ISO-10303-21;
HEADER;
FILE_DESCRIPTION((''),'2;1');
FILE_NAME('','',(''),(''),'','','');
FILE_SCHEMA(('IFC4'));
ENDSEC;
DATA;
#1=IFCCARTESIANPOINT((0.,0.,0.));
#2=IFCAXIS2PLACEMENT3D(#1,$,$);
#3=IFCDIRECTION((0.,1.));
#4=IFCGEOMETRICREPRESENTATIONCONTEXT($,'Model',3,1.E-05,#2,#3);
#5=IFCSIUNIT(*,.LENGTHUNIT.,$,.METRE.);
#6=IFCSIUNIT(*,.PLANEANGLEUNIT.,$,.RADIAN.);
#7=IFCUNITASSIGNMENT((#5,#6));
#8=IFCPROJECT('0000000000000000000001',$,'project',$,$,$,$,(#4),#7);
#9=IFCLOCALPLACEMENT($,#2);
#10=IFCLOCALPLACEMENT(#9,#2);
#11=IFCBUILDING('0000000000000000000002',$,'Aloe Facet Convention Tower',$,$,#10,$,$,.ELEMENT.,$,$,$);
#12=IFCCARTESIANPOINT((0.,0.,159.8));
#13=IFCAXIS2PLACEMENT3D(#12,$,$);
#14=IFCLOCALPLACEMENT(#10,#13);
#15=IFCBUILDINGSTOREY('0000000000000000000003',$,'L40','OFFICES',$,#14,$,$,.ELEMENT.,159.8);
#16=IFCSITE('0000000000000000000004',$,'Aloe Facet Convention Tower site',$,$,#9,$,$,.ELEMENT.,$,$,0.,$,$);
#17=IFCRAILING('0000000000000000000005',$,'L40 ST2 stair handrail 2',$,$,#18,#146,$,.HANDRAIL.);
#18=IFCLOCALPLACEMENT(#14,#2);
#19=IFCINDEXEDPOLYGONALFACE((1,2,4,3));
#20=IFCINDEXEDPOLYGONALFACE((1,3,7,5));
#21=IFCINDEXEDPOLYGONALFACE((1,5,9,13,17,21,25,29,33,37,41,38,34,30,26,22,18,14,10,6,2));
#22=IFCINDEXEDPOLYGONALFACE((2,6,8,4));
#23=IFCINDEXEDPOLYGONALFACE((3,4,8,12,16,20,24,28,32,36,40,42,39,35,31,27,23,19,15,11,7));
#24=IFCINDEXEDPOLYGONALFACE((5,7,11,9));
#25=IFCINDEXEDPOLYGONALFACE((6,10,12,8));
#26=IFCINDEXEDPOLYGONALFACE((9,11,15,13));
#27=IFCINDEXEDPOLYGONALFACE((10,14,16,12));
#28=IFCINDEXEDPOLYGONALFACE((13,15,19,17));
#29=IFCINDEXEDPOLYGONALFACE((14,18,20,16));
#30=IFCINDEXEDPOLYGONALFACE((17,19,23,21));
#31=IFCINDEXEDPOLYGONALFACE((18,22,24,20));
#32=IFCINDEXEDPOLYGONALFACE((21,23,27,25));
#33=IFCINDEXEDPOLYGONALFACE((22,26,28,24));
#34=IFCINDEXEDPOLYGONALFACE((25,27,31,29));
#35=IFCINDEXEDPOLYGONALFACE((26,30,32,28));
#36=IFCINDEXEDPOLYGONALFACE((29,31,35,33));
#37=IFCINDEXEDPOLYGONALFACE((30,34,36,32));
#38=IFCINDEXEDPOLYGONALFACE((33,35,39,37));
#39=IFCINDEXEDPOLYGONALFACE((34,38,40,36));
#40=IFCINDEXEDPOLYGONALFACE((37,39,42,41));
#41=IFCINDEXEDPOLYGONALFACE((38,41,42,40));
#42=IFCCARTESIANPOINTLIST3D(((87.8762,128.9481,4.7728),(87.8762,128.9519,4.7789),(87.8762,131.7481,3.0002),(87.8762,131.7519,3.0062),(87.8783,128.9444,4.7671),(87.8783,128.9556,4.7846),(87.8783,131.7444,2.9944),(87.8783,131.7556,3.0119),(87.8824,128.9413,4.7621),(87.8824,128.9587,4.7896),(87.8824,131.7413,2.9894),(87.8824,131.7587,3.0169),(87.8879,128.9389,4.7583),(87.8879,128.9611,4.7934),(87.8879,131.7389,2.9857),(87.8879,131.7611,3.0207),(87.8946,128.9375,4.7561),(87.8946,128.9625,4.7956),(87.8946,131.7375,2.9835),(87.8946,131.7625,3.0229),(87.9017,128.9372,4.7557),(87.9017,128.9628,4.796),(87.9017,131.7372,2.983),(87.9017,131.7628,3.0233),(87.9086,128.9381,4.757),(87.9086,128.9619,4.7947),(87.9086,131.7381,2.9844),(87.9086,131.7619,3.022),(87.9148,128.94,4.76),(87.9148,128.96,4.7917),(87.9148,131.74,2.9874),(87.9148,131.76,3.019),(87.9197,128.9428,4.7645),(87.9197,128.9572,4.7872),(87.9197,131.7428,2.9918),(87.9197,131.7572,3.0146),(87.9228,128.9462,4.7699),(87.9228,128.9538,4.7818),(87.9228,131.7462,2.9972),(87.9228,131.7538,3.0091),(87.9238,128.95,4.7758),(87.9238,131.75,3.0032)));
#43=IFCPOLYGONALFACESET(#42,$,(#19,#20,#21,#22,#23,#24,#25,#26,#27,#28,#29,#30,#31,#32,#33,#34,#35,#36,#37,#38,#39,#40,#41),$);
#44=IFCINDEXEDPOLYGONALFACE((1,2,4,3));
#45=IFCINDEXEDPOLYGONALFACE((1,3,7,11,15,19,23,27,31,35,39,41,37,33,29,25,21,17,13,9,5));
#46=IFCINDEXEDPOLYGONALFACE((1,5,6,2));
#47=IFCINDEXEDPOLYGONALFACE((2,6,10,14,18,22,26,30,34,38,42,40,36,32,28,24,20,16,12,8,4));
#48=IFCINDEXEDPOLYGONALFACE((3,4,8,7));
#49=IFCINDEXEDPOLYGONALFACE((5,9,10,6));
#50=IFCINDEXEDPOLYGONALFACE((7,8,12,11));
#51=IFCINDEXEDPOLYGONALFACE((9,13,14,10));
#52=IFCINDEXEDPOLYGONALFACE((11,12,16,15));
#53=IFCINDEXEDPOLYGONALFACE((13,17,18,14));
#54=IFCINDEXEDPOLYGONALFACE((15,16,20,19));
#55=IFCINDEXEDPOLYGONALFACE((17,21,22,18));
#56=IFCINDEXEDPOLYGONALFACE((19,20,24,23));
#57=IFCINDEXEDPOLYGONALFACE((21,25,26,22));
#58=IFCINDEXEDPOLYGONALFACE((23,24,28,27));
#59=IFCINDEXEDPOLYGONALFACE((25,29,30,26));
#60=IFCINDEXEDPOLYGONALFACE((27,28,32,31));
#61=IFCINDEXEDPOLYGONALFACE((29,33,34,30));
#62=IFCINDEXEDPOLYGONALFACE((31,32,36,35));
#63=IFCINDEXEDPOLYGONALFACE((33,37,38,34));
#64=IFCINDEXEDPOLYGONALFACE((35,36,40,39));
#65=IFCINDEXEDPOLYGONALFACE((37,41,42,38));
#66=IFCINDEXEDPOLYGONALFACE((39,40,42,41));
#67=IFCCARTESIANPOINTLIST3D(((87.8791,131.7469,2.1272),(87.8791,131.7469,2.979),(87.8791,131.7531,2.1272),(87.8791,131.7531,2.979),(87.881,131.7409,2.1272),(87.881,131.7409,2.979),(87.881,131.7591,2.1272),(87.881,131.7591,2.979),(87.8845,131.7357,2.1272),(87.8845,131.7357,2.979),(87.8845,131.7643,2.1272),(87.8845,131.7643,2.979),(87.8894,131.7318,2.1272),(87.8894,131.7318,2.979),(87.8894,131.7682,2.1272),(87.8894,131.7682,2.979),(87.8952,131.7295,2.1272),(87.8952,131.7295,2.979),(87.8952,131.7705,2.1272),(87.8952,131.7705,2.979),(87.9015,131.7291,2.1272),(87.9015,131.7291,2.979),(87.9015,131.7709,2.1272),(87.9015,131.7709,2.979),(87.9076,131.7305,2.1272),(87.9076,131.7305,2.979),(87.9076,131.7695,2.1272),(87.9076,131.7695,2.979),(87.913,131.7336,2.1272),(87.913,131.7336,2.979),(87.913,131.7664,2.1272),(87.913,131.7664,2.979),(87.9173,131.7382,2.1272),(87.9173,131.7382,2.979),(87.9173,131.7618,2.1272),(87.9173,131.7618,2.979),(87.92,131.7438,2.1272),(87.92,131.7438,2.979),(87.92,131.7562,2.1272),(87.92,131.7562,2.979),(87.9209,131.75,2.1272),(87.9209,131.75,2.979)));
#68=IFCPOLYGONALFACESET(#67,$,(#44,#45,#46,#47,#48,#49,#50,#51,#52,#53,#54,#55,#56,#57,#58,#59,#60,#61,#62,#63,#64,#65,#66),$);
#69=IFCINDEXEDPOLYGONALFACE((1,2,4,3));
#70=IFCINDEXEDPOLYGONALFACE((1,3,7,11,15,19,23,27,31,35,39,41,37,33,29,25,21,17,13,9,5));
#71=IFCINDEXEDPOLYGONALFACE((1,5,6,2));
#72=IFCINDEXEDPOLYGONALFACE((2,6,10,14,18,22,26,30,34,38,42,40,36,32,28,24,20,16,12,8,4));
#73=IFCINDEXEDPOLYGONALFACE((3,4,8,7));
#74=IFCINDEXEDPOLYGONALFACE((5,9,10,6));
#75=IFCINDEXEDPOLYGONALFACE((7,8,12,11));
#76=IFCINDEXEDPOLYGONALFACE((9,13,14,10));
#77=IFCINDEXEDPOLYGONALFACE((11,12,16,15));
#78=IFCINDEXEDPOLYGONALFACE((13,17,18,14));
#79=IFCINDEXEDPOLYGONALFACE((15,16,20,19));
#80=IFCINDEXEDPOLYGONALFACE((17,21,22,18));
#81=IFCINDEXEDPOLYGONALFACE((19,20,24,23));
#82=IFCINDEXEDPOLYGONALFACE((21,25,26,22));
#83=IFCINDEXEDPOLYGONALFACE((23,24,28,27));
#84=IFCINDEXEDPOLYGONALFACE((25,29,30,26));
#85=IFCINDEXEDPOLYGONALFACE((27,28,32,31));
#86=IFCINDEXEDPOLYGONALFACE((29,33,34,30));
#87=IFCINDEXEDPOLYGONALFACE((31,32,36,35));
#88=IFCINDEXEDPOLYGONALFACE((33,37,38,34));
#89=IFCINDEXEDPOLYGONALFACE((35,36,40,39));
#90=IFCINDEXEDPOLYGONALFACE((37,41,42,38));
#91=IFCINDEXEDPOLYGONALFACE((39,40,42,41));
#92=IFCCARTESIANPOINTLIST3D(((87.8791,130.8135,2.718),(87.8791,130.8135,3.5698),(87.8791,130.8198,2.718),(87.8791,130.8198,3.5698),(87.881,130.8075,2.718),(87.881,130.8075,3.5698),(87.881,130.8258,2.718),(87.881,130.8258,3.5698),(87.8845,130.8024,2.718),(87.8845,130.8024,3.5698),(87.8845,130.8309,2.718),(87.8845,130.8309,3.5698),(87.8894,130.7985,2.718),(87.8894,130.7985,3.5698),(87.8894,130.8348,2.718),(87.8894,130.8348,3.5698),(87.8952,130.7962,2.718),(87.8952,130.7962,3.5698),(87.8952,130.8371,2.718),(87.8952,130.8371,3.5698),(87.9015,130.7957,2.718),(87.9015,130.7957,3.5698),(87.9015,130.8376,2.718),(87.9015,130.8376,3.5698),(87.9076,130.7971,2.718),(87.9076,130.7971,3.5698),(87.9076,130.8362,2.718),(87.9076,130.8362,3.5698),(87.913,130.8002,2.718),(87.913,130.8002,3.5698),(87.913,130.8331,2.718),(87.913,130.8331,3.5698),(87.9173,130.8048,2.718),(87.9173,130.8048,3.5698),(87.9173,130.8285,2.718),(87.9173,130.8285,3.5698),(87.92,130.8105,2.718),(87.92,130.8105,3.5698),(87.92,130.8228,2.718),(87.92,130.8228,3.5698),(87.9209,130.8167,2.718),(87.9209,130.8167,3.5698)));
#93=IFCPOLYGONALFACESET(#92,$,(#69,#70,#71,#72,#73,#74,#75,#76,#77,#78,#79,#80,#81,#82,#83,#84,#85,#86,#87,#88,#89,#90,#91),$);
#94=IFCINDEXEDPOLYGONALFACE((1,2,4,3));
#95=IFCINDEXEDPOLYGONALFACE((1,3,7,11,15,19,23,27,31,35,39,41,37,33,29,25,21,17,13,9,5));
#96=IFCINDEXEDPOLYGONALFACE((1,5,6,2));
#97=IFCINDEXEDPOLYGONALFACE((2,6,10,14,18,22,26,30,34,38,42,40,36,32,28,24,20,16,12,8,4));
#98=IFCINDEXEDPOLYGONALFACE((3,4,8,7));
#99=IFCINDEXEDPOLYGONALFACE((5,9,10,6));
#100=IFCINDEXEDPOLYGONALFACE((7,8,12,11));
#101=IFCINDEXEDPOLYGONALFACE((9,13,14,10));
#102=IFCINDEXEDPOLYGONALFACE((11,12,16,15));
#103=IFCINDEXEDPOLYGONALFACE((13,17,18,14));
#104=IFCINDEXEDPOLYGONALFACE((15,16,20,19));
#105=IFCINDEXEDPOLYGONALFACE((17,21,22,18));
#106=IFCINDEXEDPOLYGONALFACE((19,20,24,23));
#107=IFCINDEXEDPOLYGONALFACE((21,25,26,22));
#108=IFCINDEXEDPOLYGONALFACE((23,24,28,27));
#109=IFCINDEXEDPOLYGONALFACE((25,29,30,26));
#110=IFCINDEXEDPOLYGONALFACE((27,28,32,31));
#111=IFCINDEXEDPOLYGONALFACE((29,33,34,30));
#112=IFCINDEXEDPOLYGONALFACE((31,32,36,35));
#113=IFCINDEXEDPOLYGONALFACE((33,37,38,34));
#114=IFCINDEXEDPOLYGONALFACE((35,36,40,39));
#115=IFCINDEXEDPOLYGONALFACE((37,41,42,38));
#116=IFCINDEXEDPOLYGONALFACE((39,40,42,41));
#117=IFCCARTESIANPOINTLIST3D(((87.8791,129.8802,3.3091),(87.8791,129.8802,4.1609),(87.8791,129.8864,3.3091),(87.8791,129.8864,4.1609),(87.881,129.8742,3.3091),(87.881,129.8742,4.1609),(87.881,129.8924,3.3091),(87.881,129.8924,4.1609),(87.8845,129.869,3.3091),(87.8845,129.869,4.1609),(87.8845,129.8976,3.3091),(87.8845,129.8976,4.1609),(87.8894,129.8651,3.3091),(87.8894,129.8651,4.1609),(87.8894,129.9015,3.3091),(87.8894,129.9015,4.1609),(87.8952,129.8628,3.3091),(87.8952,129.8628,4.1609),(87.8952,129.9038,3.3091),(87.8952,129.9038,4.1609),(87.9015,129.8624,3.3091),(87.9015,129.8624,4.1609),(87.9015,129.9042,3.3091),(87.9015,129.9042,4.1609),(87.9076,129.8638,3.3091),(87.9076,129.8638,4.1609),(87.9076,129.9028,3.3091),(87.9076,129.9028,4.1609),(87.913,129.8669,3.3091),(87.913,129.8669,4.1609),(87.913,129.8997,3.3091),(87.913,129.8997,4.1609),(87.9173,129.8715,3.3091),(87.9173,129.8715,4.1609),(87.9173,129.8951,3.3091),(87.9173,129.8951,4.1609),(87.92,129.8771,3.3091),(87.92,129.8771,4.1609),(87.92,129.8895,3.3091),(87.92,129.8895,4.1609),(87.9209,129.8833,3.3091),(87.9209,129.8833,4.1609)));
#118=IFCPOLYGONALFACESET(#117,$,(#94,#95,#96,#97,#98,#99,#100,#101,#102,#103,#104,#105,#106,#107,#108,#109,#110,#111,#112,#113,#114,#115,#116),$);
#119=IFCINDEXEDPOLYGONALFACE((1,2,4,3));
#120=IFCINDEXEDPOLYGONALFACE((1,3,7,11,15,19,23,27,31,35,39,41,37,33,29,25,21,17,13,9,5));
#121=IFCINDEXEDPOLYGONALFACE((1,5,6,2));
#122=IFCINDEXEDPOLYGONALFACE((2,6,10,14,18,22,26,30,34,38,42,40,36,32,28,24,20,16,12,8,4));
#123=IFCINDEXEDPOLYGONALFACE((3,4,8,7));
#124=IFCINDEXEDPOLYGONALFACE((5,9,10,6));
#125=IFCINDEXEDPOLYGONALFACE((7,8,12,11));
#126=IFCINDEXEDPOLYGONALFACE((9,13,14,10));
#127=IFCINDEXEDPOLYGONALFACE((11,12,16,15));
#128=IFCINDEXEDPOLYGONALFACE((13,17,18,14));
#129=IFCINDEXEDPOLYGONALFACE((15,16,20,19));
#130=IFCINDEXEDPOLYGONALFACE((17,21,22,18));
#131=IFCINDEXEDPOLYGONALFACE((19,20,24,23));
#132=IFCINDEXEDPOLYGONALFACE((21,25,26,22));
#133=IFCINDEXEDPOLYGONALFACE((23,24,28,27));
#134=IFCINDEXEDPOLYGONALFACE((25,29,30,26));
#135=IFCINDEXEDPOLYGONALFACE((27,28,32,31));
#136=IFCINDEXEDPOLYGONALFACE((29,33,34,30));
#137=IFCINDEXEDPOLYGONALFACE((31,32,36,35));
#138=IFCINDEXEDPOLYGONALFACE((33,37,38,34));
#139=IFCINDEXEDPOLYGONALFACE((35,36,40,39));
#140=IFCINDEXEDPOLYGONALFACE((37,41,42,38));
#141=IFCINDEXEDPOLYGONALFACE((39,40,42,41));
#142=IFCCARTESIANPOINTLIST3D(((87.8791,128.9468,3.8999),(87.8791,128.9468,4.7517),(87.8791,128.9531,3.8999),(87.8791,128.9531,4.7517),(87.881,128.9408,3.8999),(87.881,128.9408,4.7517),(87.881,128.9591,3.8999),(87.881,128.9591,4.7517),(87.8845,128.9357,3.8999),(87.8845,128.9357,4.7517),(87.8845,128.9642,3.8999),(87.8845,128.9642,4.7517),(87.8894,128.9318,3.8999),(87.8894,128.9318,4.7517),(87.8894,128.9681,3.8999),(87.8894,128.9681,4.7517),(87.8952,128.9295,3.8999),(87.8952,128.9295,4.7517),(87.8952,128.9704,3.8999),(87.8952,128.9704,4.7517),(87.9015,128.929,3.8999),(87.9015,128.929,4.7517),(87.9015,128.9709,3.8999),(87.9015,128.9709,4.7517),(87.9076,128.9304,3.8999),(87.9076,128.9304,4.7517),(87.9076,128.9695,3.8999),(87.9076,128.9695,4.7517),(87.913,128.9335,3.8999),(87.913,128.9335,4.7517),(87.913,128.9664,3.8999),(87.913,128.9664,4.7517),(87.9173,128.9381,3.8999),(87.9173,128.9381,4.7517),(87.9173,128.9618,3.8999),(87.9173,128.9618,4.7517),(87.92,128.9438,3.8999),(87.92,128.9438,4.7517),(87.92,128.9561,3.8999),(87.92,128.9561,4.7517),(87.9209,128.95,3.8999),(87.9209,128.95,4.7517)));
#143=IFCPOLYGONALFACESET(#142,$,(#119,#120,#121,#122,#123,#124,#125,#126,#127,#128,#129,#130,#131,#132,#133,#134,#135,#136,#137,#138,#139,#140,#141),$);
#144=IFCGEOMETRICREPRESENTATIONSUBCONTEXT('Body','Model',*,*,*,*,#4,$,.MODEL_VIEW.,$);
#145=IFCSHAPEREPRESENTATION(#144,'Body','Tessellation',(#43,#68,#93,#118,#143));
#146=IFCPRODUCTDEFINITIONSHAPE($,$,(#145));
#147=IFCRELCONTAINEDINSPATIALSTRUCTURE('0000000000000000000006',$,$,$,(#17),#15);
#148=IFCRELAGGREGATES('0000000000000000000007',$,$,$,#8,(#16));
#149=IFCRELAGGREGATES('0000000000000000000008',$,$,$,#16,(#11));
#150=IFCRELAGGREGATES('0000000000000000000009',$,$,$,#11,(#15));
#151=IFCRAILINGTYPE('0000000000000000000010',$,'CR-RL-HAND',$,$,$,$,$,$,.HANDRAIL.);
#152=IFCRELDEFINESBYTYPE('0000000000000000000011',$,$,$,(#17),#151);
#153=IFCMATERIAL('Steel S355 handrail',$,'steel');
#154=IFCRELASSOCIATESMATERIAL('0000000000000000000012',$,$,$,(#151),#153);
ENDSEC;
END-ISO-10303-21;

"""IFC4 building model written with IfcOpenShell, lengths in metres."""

from ifc_helpers import new_model, si_unit, direction, frame, origin, origin_2d, place, context, subcontext, project, spatial, circle, extrude, material, type_object, element, save


model = new_model("IFC4")

# Units and contexts
model_context = context("Model", 3, precision=1e-05, world=origin(), true_north=direction((0.0, 1.0)))
body_context = subcontext(model_context, "Body", "Model", "MODEL_VIEW")
ifc_project = project(units=[si_unit("LENGTHUNIT", "METRE"), si_unit("PLANEANGLEUNIT", "RADIAN")], contexts=[model_context])

# Site, building, storey
site_placement = place(None, origin())
site = spatial("IfcSite", under=ifc_project, at=site_placement, Name="Aloe Facet Convention Tower site", CompositionType="ELEMENT", RefElevation=0.0)
building_placement = place(site_placement, origin())
building = spatial("IfcBuilding", under=site, at=building_placement, Name="Aloe Facet Convention Tower", CompositionType="ELEMENT")
storey_placement = place(building_placement, frame((0.0, 0.0, 159.8)))
storey = spatial("IfcBuildingStorey", under=building, at=storey_placement, Name="L40", Description="OFFICES", CompositionType="ELEMENT", Elevation=159.8)

# Railing
ifc_material_1 = material(Name="Steel S355 handrail", Category="steel")
railing_type_1 = type_object("IfcRailingType", Name="CR-RL-HAND", PredefinedType="HANDRAIL", material=ifc_material_1)
railing_1_placement = place(storey_placement, frame((87.8999, 131.75, 2.1272)))
element("IfcRailing", 1, at=railing_1_placement, inside=storey, type_object=railing_type_1, Name="L40 ST2 stair handrail 2", PredefinedType="HANDRAIL", context=body_context, shape_type="SweptSolid", body=[
    extrude(circle(Radius=0.0239, at=origin_2d()), frame((0.0, 0.0, 0.876), z_axis=(0.0, -0.844909, 0.53491), x_axis=(1.0, 0.0, 0.0)), (0.0, 0.0, 1.0), 3.314),
    extrude(circle(Radius=0.021, at=origin_2d()), origin(), (0.0, 0.0, 1.0), 0.8518),
    extrude(circle(Radius=0.021, at=origin_2d()), frame((0.0, -0.9333, 0.5908)), (0.0, 0.0, 1.0), 0.8518),
    extrude(circle(Radius=0.021, at=origin_2d()), frame((0.0, -1.8667, 1.1819)), (0.0, 0.0, 1.0), 0.8518),
    extrude(circle(Radius=0.021, at=origin_2d()), frame((0.0, -2.8, 1.7727)), (0.0, 0.0, 1.0), 0.8518),
])

save(model, "model.ifc")
